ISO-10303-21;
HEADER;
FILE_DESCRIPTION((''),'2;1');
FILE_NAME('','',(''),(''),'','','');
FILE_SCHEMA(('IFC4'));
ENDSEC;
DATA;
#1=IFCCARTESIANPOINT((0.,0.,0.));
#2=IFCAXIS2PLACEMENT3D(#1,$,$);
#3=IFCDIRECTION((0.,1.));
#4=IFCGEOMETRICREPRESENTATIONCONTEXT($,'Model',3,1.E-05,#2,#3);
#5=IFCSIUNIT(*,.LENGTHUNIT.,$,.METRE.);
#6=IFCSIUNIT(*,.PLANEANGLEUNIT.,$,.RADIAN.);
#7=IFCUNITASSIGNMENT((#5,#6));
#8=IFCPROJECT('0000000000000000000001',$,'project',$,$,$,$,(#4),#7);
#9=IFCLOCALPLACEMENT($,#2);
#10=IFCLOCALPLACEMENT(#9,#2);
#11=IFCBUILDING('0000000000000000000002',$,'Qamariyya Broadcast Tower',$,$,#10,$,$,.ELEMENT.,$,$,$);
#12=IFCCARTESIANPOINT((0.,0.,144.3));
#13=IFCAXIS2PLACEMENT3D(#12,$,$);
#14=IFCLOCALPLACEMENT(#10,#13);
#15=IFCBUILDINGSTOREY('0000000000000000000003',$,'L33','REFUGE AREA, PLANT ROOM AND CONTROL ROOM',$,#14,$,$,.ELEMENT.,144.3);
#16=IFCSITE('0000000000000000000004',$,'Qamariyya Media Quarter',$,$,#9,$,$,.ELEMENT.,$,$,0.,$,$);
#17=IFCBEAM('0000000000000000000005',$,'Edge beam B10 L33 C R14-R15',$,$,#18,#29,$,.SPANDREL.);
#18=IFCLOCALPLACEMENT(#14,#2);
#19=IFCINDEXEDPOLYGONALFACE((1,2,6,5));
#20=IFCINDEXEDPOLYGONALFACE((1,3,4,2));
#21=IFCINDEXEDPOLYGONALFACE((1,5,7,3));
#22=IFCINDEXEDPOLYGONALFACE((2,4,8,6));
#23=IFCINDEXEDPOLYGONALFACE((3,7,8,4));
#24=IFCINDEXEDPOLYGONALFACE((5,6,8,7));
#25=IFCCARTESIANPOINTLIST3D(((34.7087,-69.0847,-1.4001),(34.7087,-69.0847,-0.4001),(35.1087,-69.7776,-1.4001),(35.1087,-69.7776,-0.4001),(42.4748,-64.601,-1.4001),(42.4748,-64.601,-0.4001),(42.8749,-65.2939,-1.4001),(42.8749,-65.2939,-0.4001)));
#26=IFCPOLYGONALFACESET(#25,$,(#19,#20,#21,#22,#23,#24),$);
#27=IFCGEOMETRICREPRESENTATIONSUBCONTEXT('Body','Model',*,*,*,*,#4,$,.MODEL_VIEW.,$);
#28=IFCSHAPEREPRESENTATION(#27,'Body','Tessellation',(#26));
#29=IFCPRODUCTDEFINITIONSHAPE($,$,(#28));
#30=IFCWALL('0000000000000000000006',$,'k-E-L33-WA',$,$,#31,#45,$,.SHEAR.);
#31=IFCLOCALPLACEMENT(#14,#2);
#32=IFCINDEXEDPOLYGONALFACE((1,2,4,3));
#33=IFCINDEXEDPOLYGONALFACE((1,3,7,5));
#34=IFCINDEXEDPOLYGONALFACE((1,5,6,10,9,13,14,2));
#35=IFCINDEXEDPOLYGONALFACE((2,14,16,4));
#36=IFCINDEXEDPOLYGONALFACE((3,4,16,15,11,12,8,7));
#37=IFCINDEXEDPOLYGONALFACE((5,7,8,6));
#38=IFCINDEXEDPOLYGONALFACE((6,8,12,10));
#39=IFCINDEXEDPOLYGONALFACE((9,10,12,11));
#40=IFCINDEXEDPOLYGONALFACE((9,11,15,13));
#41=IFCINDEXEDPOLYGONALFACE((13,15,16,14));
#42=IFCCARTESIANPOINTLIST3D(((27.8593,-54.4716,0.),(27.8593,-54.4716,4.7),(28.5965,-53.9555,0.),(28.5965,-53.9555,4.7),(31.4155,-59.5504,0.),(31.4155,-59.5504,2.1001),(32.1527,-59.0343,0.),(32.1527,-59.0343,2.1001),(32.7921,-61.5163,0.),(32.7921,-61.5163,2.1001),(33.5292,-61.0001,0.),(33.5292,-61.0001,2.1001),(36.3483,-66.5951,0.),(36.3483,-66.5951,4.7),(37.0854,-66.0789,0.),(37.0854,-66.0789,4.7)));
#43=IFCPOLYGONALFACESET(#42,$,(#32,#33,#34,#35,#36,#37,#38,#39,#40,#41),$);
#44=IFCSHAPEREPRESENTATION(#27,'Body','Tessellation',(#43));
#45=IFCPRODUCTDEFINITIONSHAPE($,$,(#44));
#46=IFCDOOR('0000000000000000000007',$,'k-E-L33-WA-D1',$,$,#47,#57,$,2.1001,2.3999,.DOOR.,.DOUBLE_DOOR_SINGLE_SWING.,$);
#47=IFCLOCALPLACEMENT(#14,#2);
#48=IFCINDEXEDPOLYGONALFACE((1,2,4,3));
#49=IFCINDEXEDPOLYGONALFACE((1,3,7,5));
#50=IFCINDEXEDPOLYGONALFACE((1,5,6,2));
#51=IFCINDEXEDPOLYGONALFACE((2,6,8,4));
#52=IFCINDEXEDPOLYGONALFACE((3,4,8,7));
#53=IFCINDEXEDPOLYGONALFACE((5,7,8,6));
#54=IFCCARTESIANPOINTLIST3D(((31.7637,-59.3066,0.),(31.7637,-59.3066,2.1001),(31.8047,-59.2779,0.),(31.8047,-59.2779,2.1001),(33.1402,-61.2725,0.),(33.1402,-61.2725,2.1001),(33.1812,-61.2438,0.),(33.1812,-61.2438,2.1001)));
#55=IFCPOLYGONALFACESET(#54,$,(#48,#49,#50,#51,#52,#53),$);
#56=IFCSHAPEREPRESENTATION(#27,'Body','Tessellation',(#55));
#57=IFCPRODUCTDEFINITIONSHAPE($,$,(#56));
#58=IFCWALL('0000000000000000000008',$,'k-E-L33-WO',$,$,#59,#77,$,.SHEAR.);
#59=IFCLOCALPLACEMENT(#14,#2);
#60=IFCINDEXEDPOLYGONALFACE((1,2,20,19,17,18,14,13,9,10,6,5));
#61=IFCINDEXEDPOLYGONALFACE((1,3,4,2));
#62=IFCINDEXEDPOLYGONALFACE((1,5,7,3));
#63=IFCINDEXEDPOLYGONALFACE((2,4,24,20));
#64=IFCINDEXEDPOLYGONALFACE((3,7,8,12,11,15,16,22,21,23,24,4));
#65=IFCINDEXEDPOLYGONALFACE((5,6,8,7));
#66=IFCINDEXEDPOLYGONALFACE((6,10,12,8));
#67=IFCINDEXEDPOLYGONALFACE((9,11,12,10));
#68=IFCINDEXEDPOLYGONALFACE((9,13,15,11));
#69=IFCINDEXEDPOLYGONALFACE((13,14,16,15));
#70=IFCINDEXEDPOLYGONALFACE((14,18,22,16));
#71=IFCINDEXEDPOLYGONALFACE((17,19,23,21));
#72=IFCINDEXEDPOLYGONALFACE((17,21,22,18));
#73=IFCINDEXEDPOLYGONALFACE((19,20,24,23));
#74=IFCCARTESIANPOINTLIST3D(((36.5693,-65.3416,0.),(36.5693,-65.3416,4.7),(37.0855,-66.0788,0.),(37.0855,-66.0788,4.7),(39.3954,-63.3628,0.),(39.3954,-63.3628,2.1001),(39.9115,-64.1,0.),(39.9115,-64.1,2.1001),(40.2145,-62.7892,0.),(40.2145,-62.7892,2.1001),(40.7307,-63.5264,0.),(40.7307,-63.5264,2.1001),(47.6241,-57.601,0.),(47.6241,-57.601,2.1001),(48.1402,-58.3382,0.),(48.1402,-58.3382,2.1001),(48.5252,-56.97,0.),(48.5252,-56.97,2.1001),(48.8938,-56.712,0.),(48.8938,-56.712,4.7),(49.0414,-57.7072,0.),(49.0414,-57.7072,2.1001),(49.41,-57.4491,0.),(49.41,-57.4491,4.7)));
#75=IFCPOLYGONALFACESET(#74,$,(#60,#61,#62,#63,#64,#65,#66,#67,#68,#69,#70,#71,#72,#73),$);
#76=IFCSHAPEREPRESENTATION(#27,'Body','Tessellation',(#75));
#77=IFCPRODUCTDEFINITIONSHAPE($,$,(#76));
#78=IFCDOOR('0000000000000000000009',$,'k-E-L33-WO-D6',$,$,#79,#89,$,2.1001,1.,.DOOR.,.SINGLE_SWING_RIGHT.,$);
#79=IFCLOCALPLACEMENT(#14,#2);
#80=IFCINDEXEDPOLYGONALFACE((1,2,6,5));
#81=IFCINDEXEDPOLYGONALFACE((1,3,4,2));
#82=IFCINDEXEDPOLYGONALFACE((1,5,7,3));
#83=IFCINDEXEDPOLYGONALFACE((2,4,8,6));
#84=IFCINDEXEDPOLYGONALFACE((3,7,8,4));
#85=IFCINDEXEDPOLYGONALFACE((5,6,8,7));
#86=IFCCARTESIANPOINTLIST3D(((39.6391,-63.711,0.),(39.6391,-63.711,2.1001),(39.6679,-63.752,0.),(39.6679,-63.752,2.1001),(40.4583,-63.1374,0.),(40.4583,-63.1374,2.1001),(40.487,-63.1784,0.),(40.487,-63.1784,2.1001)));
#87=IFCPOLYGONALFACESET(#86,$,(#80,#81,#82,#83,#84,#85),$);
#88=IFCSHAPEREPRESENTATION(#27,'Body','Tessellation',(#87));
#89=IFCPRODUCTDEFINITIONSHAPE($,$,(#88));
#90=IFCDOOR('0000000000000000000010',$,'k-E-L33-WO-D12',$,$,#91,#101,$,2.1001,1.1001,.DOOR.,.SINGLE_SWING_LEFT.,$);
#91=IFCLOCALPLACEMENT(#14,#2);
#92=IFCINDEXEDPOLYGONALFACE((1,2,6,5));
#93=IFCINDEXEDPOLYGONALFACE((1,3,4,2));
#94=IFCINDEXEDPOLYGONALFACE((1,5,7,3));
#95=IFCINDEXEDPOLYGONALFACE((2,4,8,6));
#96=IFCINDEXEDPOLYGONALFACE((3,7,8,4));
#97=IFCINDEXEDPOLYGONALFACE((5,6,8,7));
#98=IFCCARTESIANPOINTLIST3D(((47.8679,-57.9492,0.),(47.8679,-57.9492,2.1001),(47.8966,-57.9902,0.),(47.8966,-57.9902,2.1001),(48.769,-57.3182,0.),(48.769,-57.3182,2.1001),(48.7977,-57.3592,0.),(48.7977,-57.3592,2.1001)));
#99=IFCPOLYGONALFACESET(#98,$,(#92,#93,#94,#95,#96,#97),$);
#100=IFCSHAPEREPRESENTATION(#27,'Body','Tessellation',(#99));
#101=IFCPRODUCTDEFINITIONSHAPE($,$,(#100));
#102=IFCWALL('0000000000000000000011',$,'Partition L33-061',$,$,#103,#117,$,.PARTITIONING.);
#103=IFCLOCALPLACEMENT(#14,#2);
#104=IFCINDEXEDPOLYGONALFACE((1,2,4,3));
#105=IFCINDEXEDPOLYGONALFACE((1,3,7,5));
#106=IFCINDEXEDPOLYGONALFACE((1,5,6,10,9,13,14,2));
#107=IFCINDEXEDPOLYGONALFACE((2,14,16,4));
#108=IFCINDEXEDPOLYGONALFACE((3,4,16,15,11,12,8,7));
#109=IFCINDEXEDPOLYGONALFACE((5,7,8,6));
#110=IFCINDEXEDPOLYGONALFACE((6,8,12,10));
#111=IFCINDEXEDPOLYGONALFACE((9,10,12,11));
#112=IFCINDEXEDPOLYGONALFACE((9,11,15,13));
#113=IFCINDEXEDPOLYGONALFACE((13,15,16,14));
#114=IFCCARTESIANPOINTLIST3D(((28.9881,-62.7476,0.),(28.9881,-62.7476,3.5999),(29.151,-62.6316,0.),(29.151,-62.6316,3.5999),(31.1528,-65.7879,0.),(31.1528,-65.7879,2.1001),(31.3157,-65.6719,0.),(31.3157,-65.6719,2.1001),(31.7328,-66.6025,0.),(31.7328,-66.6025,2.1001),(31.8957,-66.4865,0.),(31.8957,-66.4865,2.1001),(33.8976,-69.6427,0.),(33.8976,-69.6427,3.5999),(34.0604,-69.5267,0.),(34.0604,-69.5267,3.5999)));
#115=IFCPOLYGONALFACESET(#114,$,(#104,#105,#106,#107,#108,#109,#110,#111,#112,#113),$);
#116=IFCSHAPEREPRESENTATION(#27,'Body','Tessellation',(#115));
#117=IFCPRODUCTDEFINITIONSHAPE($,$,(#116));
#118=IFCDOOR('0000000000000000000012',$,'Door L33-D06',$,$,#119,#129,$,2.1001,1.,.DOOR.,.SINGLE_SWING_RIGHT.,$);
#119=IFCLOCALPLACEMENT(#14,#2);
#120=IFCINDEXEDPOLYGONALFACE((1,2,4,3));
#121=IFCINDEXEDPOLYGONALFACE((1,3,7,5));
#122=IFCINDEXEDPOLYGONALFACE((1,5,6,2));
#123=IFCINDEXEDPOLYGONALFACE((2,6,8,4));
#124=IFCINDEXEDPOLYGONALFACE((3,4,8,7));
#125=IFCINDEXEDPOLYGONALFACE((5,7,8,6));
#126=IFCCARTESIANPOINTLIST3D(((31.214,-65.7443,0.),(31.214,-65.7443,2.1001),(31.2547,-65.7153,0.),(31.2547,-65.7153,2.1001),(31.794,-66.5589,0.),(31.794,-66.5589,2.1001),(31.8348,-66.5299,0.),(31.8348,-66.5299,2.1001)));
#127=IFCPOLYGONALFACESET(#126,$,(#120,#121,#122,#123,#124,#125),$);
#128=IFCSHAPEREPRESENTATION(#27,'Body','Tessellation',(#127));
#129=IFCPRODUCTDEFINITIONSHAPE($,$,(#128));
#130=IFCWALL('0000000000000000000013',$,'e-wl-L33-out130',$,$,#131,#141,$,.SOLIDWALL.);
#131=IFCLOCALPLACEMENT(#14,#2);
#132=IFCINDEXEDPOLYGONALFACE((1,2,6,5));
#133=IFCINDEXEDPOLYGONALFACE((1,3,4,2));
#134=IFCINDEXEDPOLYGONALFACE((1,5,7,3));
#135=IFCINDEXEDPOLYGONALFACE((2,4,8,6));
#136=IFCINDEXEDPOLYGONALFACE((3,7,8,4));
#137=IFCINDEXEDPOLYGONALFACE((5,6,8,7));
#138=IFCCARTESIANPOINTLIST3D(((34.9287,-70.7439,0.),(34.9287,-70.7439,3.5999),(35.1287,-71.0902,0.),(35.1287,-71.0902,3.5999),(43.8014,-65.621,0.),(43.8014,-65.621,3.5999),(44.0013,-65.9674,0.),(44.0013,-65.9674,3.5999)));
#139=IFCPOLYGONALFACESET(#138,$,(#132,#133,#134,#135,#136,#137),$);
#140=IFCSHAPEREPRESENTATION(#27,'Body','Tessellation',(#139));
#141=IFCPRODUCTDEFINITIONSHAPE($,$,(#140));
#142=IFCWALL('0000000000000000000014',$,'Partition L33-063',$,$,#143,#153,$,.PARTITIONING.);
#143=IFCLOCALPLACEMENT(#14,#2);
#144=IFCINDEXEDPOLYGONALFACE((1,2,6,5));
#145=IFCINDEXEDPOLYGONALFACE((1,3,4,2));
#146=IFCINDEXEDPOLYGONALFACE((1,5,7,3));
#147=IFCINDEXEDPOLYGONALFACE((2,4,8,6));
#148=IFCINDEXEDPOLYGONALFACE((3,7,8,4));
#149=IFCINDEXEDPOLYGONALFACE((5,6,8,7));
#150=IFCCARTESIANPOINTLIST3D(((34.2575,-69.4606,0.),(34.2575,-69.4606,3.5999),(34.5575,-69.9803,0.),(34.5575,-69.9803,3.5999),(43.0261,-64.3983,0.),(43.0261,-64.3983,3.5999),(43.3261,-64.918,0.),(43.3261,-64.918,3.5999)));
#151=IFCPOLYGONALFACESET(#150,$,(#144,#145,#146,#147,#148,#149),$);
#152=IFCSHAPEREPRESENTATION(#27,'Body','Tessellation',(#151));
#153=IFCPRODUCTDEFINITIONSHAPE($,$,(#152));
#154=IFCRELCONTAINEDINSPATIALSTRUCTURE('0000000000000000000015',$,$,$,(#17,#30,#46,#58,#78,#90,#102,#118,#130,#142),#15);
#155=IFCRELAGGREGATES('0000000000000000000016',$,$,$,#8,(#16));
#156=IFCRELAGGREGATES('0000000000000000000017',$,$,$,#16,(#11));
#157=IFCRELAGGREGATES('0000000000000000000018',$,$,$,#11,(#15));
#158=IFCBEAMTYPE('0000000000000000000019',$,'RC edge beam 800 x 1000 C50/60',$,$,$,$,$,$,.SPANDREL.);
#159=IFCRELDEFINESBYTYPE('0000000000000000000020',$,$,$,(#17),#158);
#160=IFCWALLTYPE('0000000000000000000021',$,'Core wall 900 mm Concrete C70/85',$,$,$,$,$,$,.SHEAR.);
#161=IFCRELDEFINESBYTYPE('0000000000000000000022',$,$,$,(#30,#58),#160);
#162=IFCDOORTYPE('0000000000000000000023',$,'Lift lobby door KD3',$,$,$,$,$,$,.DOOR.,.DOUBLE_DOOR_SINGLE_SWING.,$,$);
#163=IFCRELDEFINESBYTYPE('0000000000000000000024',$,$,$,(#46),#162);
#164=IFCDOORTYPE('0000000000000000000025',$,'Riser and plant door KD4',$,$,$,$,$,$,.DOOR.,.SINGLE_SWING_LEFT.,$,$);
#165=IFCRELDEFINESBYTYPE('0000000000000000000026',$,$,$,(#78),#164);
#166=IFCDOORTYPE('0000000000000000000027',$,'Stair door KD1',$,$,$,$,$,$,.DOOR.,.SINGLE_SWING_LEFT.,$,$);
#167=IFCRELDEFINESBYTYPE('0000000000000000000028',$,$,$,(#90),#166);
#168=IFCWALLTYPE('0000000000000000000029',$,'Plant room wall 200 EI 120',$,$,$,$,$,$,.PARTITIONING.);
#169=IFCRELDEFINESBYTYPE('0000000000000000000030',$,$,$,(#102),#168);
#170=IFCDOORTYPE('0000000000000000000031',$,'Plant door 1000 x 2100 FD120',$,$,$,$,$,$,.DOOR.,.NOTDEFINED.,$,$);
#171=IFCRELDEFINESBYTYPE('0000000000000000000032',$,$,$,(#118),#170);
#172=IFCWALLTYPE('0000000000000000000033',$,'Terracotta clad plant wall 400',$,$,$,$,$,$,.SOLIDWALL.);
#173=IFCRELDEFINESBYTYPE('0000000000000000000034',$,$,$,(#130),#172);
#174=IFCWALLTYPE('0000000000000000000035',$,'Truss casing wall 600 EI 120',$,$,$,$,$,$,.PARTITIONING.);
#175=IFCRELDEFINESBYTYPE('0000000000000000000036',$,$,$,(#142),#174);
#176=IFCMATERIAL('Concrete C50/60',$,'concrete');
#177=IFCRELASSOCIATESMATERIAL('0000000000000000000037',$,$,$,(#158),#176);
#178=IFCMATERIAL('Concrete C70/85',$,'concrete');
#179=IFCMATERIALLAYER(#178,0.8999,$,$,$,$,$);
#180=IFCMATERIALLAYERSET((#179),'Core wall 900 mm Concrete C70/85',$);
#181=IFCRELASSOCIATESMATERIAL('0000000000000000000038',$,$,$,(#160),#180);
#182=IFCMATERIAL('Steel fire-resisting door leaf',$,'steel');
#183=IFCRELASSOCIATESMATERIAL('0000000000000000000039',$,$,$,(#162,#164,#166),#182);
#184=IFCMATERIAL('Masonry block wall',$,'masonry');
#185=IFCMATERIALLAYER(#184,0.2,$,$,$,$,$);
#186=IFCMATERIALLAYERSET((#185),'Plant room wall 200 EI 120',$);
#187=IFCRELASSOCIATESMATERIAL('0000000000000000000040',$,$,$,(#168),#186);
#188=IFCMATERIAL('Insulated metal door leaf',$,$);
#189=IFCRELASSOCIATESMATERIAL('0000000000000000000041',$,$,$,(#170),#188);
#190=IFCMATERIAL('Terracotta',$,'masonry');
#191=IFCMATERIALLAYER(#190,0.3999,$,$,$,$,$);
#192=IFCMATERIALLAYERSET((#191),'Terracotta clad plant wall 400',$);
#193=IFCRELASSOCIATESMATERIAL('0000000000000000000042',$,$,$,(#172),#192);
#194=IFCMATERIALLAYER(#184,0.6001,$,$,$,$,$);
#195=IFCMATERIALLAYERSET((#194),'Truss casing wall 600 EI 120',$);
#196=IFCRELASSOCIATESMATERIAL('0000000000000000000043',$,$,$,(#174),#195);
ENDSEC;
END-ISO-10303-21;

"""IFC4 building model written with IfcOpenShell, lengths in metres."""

from ifc_helpers import new_model, si_unit, direction, frame, frame_2d, origin, origin_2d, place, context, subcontext, project, spatial, rectangle, extrude, material, layer, layer_set, material_profile, profile_set, type_object, element, fill, save


model = new_model("IFC4")

# Units and contexts
model_context = context("Model", 3, precision=1e-05, world=origin(), true_north=direction((0.0, 1.0)))
body_context = subcontext(model_context, "Body", "Model", "MODEL_VIEW")
ifc_project = project(units=[si_unit("LENGTHUNIT", "METRE"), si_unit("PLANEANGLEUNIT", "RADIAN")], contexts=[model_context])

# Site, building, storey
site_placement = place(None, origin())
site = spatial("IfcSite", under=ifc_project, at=site_placement, Name="Qamariyya Media Quarter", CompositionType="ELEMENT", RefElevation=0.0)
building_placement = place(site_placement, origin())
building = spatial("IfcBuilding", under=site, at=building_placement, Name="Qamariyya Broadcast Tower", CompositionType="ELEMENT")
storey_placement = place(building_placement, frame((0.0, 0.0, 144.3)))
storey = spatial("IfcBuildingStorey", under=building, at=storey_placement, Name="L33", Description="REFUGE AREA, PLANT ROOM AND CONTROL ROOM", CompositionType="ELEMENT", Elevation=144.3)

# Shared definitions
ifc_material_1 = material(Name="Concrete C70/85", Category="concrete")

# Beam
ifc_material_2 = material(Name="Concrete C50/60", Category="concrete")
ifc_material_profile_1 = material_profile(ifc_material_2, rectangle(XDim=0.8, YDim=1.0, at=origin_2d()))
ifc_profile_set_1 = profile_set([ifc_material_profile_1], Name="Concrete C50/60")
beam_type = type_object("IfcBeamType", Name="RC edge beam 800 x 1000 C50/60", PredefinedType="SPANDREL", material=ifc_profile_set_1)
beam_placement = place(storey_placement, frame((34.9087, -69.4312, -0.9001), z_axis=(0.866031, 0.49999, 0.0), x_axis=(-0.49999, 0.866031, 0.0)))
element("IfcBeam", 1, at=beam_placement, inside=storey, type_object=beam_type, Name="Edge beam B10 L33 C R14-R15", PredefinedType="SPANDREL", context=body_context, shape_type="SweptSolid", body=[
    extrude(rectangle(XDim=0.8, YDim=1.0, at=origin_2d()), origin(), (0.0, 0.0, 1.0), 8.9675),
])

# Wall, opening, door
ifc_layer_1 = layer(ifc_material_1, 0.8999)
ifc_layer_set_1 = layer_set([ifc_layer_1], Name="Core wall 900 mm Concrete C70/85")
wall_type_1 = type_object("IfcWallType", Name="Core wall 900 mm Concrete C70/85", PredefinedType="SHEAR", material=ifc_layer_set_1)
wall_1_placement = place(storey_placement, frame((36.7168, -66.3369, 0.0), z_axis=(0.0, 0.0, 1.0), x_axis=(-0.573577, 0.819151, 0.0)))
wall_1 = element("IfcWall", 2, at=wall_1_placement, inside=storey, type_object=wall_type_1, Name="k-E-L33-WA", PredefinedType="SHEAR", context=body_context, shape_type="SweptSolid", body=[
    extrude(rectangle(XDim=14.8, YDim=0.8999, at=frame_2d((7.3999, 0.0))), origin(), (0.0, 0.0, 1.0), 4.7),
])
opening_1_placement = place(wall_1_placement, frame((6.2, 0.0, 0.0)))
opening_1 = element("IfcOpeningElement", 3, at=opening_1_placement, cuts=wall_1, PredefinedType="OPENING", context=body_context, shape_type="SweptSolid", body=[
    extrude(rectangle(XDim=2.3999, YDim=2.1001, at=frame_2d((1.2, 1.05))), frame((0.0, 0.46, 0.0), z_axis=(0.0, -1.0, 0.0), x_axis=(1.0, 0.0, 0.0)), (0.0, 0.0, 1.0), 0.9199),
])
ifc_material_3 = material(Name="Steel fire-resisting door leaf", Category="steel")
door_type_1 = type_object("IfcDoorType", Name="Lift lobby door KD3", OperationType="DOUBLE_DOOR_SINGLE_SWING", PredefinedType="DOOR", material=ifc_material_3)
door_1_placement = place(opening_1_placement, origin())
door_1 = element("IfcDoor", 4, at=door_1_placement, inside=storey, type_object=door_type_1, Name="k-E-L33-WA-D1", OperationType="DOUBLE_DOOR_SINGLE_SWING", OverallHeight=2.1001, OverallWidth=2.3999, PredefinedType="DOOR", context=body_context, shape_type="SweptSolid", body=[
    extrude(rectangle(XDim=2.3999, YDim=2.1001, at=frame_2d((1.2, 1.05))), frame((0.0, 0.0249, 0.0), z_axis=(0.0, -1.0, 0.0), x_axis=(1.0, 0.0, 0.0)), (0.0, 0.0, 1.0), 0.05),
])
fill(opening_1, door_1)

# Wall, openings, doors
wall_2_placement = place(storey_placement, frame((36.8274, -65.7102, 0.0), z_axis=(0.0, 0.0, 1.0), x_axis=(0.819153, 0.573575, 0.0)))
wall_2 = element("IfcWall", 5, at=wall_2_placement, inside=storey, type_object=wall_type_1, Name="k-E-L33-WO", PredefinedType="SHEAR", context=body_context, shape_type="SweptSolid", body=[
    extrude(rectangle(XDim=15.0454, YDim=0.8999, at=frame_2d((7.5227, 0.0))), origin(), (0.0, 0.0, 1.0), 4.7),
])
opening_2_placement = place(wall_2_placement, frame((3.45, 0.0, 0.0)))
opening_2 = element("IfcOpeningElement", 6, at=opening_2_placement, cuts=wall_2, PredefinedType="OPENING", context=body_context, shape_type="SweptSolid", body=[
    extrude(rectangle(XDim=1.0, YDim=2.1001, at=frame_2d((0.5, 1.05))), frame((0.0, 0.46, 0.0), z_axis=(0.0, -1.0, 0.0), x_axis=(1.0, 0.0, 0.0)), (0.0, 0.0, 1.0), 0.9199),
])
opening_3_placement = place(wall_2_placement, frame((13.4954, 0.0, 0.0)))
opening_3 = element("IfcOpeningElement", 7, at=opening_3_placement, cuts=wall_2, PredefinedType="OPENING", context=body_context, shape_type="SweptSolid", body=[
    extrude(rectangle(XDim=1.1001, YDim=2.1001, at=frame_2d((0.55, 1.05))), frame((0.0, 0.46, 0.0), z_axis=(0.0, -1.0, 0.0), x_axis=(1.0, 0.0, 0.0)), (0.0, 0.0, 1.0), 0.9199),
])
door_type_2 = type_object("IfcDoorType", Name="Riser and plant door KD4", OperationType="SINGLE_SWING_LEFT", PredefinedType="DOOR", material=ifc_material_3)
door_2_placement = place(opening_2_placement, origin())
door_2 = element("IfcDoor", 8, at=door_2_placement, inside=storey, type_object=door_type_2, Name="k-E-L33-WO-D6", OperationType="SINGLE_SWING_RIGHT", OverallHeight=2.1001, OverallWidth=1.0, PredefinedType="DOOR", context=body_context, shape_type="SweptSolid", body=[
    extrude(rectangle(XDim=1.0, YDim=2.1001, at=frame_2d((0.5, 1.05))), frame((0.0, 0.0249, 0.0), z_axis=(0.0, -1.0, 0.0), x_axis=(1.0, 0.0, 0.0)), (0.0, 0.0, 1.0), 0.05),
])
fill(opening_2, door_2)
door_type_3 = type_object("IfcDoorType", Name="Stair door KD1", OperationType="SINGLE_SWING_LEFT", PredefinedType="DOOR", material=ifc_material_3)
door_3_placement = place(opening_3_placement, origin())
door_3 = element("IfcDoor", 9, at=door_3_placement, inside=storey, type_object=door_type_3, Name="k-E-L33-WO-D12", OperationType="SINGLE_SWING_LEFT", OverallHeight=2.1001, OverallWidth=1.1001, PredefinedType="DOOR", context=body_context, shape_type="SweptSolid", body=[
    extrude(rectangle(XDim=1.1001, YDim=2.1001, at=frame_2d((0.55, 1.05))), frame((0.0, 0.0249, 0.0), z_axis=(0.0, -1.0, 0.0), x_axis=(1.0, 0.0, 0.0)), (0.0, 0.0, 1.0), 0.05),
])
fill(opening_3, door_3)

# Wall, opening, door
ifc_material_4 = material(Name="Masonry block wall", Category="masonry")
ifc_layer_2 = layer(ifc_material_4, 0.2)
ifc_layer_set_2 = layer_set([ifc_layer_2], Name="Plant room wall 200 EI 120")
wall_type_2 = type_object("IfcWallType", Name="Plant room wall 200 EI 120", PredefinedType="PARTITIONING", material=ifc_layer_set_2)
wall_3_placement = place(storey_placement, frame((33.979, -69.5847, 0.0), z_axis=(0.0, 0.0, 1.0), x_axis=(-0.580018, 0.814604, 0.0)))
wall_3 = element("IfcWall", 10, at=wall_3_placement, inside=storey, type_object=wall_type_2, Name="Partition L33-061", PredefinedType="PARTITIONING", context=body_context, shape_type="SweptSolid", body=[
    extrude(rectangle(XDim=8.4644, YDim=0.2, at=frame_2d((4.2322, 0.0))), origin(), (0.0, 0.0, 1.0), 3.5999),
])
opening_4_placement = place(wall_3_placement, frame((3.7322, 0.0, 0.0)))
opening_4 = element("IfcOpeningElement", 11, at=opening_4_placement, cuts=wall_3, PredefinedType="OPENING", context=body_context, shape_type="SweptSolid", body=[
    extrude(rectangle(XDim=1.0, YDim=2.1001, at=frame_2d((0.5, 1.05))), frame((0.0, 0.1099, 0.0), z_axis=(0.0, -1.0, 0.0), x_axis=(1.0, 0.0, 0.0)), (0.0, 0.0, 1.0), 0.22),
])
ifc_material_5 = material(Name="Insulated metal door leaf")
door_type_4 = type_object("IfcDoorType", Name="Plant door 1000 x 2100 FD120", OperationType="NOTDEFINED", PredefinedType="DOOR", material=ifc_material_5)
door_4_placement = place(opening_4_placement, origin())
door_4 = element("IfcDoor", 12, at=door_4_placement, inside=storey, type_object=door_type_4, Name="Door L33-D06", OperationType="SINGLE_SWING_RIGHT", OverallHeight=2.1001, OverallWidth=1.0, PredefinedType="DOOR", context=body_context, shape_type="SweptSolid", body=[
    extrude(rectangle(XDim=1.0, YDim=2.1001, at=frame_2d((0.5, 1.05))), frame((0.0, 0.0249, 0.0), z_axis=(0.0, -1.0, 0.0), x_axis=(1.0, 0.0, 0.0)), (0.0, 0.0, 1.0), 0.05),
])
fill(opening_4, door_4)

# Walls
ifc_material_6 = material(Name="Terracotta", Category="masonry")
ifc_layer_3 = layer(ifc_material_6, 0.3999)
ifc_layer_set_3 = layer_set([ifc_layer_3], Name="Terracotta clad plant wall 400")
wall_type_3 = type_object("IfcWallType", Name="Terracotta clad plant wall 400", PredefinedType="SOLIDWALL", material=ifc_layer_set_3)
wall_4_placement = place(storey_placement, frame((35.0288, -70.917, 0.0), z_axis=(0.0, 0.0, 1.0), x_axis=(0.866016, 0.500017, 0.0)))
element("IfcWall", 13, at=wall_4_placement, inside=storey, type_object=wall_type_3, Name="e-wl-L33-out130", PredefinedType="SOLIDWALL", context=body_context, shape_type="SweptSolid", body=[
    extrude(rectangle(XDim=10.2454, YDim=0.3999, at=frame_2d((5.1226, 0.0))), origin(), (0.0, 0.0, 1.0), 3.5999),
])
ifc_layer_4 = layer(ifc_material_4, 0.6001)
ifc_layer_set_4 = layer_set([ifc_layer_4], Name="Truss casing wall 600 EI 120")
wall_type_4 = type_object("IfcWallType", Name="Truss casing wall 600 EI 120", PredefinedType="PARTITIONING", material=ifc_layer_set_4)
wall_5_placement = place(storey_placement, frame((34.4075, -69.7205, 0.0), z_axis=(0.0, 0.0, 1.0), x_axis=(0.866037, 0.49998, 0.0)))
element("IfcWall", 14, at=wall_5_placement, inside=storey, type_object=wall_type_4, Name="Partition L33-063", PredefinedType="PARTITIONING", context=body_context, shape_type="SweptSolid", body=[
    extrude(rectangle(XDim=10.125, YDim=0.6001, at=frame_2d((5.0625, 0.0))), origin(), (0.0, 0.0, 1.0), 3.5999),
])

save(model, "model.ifc")
